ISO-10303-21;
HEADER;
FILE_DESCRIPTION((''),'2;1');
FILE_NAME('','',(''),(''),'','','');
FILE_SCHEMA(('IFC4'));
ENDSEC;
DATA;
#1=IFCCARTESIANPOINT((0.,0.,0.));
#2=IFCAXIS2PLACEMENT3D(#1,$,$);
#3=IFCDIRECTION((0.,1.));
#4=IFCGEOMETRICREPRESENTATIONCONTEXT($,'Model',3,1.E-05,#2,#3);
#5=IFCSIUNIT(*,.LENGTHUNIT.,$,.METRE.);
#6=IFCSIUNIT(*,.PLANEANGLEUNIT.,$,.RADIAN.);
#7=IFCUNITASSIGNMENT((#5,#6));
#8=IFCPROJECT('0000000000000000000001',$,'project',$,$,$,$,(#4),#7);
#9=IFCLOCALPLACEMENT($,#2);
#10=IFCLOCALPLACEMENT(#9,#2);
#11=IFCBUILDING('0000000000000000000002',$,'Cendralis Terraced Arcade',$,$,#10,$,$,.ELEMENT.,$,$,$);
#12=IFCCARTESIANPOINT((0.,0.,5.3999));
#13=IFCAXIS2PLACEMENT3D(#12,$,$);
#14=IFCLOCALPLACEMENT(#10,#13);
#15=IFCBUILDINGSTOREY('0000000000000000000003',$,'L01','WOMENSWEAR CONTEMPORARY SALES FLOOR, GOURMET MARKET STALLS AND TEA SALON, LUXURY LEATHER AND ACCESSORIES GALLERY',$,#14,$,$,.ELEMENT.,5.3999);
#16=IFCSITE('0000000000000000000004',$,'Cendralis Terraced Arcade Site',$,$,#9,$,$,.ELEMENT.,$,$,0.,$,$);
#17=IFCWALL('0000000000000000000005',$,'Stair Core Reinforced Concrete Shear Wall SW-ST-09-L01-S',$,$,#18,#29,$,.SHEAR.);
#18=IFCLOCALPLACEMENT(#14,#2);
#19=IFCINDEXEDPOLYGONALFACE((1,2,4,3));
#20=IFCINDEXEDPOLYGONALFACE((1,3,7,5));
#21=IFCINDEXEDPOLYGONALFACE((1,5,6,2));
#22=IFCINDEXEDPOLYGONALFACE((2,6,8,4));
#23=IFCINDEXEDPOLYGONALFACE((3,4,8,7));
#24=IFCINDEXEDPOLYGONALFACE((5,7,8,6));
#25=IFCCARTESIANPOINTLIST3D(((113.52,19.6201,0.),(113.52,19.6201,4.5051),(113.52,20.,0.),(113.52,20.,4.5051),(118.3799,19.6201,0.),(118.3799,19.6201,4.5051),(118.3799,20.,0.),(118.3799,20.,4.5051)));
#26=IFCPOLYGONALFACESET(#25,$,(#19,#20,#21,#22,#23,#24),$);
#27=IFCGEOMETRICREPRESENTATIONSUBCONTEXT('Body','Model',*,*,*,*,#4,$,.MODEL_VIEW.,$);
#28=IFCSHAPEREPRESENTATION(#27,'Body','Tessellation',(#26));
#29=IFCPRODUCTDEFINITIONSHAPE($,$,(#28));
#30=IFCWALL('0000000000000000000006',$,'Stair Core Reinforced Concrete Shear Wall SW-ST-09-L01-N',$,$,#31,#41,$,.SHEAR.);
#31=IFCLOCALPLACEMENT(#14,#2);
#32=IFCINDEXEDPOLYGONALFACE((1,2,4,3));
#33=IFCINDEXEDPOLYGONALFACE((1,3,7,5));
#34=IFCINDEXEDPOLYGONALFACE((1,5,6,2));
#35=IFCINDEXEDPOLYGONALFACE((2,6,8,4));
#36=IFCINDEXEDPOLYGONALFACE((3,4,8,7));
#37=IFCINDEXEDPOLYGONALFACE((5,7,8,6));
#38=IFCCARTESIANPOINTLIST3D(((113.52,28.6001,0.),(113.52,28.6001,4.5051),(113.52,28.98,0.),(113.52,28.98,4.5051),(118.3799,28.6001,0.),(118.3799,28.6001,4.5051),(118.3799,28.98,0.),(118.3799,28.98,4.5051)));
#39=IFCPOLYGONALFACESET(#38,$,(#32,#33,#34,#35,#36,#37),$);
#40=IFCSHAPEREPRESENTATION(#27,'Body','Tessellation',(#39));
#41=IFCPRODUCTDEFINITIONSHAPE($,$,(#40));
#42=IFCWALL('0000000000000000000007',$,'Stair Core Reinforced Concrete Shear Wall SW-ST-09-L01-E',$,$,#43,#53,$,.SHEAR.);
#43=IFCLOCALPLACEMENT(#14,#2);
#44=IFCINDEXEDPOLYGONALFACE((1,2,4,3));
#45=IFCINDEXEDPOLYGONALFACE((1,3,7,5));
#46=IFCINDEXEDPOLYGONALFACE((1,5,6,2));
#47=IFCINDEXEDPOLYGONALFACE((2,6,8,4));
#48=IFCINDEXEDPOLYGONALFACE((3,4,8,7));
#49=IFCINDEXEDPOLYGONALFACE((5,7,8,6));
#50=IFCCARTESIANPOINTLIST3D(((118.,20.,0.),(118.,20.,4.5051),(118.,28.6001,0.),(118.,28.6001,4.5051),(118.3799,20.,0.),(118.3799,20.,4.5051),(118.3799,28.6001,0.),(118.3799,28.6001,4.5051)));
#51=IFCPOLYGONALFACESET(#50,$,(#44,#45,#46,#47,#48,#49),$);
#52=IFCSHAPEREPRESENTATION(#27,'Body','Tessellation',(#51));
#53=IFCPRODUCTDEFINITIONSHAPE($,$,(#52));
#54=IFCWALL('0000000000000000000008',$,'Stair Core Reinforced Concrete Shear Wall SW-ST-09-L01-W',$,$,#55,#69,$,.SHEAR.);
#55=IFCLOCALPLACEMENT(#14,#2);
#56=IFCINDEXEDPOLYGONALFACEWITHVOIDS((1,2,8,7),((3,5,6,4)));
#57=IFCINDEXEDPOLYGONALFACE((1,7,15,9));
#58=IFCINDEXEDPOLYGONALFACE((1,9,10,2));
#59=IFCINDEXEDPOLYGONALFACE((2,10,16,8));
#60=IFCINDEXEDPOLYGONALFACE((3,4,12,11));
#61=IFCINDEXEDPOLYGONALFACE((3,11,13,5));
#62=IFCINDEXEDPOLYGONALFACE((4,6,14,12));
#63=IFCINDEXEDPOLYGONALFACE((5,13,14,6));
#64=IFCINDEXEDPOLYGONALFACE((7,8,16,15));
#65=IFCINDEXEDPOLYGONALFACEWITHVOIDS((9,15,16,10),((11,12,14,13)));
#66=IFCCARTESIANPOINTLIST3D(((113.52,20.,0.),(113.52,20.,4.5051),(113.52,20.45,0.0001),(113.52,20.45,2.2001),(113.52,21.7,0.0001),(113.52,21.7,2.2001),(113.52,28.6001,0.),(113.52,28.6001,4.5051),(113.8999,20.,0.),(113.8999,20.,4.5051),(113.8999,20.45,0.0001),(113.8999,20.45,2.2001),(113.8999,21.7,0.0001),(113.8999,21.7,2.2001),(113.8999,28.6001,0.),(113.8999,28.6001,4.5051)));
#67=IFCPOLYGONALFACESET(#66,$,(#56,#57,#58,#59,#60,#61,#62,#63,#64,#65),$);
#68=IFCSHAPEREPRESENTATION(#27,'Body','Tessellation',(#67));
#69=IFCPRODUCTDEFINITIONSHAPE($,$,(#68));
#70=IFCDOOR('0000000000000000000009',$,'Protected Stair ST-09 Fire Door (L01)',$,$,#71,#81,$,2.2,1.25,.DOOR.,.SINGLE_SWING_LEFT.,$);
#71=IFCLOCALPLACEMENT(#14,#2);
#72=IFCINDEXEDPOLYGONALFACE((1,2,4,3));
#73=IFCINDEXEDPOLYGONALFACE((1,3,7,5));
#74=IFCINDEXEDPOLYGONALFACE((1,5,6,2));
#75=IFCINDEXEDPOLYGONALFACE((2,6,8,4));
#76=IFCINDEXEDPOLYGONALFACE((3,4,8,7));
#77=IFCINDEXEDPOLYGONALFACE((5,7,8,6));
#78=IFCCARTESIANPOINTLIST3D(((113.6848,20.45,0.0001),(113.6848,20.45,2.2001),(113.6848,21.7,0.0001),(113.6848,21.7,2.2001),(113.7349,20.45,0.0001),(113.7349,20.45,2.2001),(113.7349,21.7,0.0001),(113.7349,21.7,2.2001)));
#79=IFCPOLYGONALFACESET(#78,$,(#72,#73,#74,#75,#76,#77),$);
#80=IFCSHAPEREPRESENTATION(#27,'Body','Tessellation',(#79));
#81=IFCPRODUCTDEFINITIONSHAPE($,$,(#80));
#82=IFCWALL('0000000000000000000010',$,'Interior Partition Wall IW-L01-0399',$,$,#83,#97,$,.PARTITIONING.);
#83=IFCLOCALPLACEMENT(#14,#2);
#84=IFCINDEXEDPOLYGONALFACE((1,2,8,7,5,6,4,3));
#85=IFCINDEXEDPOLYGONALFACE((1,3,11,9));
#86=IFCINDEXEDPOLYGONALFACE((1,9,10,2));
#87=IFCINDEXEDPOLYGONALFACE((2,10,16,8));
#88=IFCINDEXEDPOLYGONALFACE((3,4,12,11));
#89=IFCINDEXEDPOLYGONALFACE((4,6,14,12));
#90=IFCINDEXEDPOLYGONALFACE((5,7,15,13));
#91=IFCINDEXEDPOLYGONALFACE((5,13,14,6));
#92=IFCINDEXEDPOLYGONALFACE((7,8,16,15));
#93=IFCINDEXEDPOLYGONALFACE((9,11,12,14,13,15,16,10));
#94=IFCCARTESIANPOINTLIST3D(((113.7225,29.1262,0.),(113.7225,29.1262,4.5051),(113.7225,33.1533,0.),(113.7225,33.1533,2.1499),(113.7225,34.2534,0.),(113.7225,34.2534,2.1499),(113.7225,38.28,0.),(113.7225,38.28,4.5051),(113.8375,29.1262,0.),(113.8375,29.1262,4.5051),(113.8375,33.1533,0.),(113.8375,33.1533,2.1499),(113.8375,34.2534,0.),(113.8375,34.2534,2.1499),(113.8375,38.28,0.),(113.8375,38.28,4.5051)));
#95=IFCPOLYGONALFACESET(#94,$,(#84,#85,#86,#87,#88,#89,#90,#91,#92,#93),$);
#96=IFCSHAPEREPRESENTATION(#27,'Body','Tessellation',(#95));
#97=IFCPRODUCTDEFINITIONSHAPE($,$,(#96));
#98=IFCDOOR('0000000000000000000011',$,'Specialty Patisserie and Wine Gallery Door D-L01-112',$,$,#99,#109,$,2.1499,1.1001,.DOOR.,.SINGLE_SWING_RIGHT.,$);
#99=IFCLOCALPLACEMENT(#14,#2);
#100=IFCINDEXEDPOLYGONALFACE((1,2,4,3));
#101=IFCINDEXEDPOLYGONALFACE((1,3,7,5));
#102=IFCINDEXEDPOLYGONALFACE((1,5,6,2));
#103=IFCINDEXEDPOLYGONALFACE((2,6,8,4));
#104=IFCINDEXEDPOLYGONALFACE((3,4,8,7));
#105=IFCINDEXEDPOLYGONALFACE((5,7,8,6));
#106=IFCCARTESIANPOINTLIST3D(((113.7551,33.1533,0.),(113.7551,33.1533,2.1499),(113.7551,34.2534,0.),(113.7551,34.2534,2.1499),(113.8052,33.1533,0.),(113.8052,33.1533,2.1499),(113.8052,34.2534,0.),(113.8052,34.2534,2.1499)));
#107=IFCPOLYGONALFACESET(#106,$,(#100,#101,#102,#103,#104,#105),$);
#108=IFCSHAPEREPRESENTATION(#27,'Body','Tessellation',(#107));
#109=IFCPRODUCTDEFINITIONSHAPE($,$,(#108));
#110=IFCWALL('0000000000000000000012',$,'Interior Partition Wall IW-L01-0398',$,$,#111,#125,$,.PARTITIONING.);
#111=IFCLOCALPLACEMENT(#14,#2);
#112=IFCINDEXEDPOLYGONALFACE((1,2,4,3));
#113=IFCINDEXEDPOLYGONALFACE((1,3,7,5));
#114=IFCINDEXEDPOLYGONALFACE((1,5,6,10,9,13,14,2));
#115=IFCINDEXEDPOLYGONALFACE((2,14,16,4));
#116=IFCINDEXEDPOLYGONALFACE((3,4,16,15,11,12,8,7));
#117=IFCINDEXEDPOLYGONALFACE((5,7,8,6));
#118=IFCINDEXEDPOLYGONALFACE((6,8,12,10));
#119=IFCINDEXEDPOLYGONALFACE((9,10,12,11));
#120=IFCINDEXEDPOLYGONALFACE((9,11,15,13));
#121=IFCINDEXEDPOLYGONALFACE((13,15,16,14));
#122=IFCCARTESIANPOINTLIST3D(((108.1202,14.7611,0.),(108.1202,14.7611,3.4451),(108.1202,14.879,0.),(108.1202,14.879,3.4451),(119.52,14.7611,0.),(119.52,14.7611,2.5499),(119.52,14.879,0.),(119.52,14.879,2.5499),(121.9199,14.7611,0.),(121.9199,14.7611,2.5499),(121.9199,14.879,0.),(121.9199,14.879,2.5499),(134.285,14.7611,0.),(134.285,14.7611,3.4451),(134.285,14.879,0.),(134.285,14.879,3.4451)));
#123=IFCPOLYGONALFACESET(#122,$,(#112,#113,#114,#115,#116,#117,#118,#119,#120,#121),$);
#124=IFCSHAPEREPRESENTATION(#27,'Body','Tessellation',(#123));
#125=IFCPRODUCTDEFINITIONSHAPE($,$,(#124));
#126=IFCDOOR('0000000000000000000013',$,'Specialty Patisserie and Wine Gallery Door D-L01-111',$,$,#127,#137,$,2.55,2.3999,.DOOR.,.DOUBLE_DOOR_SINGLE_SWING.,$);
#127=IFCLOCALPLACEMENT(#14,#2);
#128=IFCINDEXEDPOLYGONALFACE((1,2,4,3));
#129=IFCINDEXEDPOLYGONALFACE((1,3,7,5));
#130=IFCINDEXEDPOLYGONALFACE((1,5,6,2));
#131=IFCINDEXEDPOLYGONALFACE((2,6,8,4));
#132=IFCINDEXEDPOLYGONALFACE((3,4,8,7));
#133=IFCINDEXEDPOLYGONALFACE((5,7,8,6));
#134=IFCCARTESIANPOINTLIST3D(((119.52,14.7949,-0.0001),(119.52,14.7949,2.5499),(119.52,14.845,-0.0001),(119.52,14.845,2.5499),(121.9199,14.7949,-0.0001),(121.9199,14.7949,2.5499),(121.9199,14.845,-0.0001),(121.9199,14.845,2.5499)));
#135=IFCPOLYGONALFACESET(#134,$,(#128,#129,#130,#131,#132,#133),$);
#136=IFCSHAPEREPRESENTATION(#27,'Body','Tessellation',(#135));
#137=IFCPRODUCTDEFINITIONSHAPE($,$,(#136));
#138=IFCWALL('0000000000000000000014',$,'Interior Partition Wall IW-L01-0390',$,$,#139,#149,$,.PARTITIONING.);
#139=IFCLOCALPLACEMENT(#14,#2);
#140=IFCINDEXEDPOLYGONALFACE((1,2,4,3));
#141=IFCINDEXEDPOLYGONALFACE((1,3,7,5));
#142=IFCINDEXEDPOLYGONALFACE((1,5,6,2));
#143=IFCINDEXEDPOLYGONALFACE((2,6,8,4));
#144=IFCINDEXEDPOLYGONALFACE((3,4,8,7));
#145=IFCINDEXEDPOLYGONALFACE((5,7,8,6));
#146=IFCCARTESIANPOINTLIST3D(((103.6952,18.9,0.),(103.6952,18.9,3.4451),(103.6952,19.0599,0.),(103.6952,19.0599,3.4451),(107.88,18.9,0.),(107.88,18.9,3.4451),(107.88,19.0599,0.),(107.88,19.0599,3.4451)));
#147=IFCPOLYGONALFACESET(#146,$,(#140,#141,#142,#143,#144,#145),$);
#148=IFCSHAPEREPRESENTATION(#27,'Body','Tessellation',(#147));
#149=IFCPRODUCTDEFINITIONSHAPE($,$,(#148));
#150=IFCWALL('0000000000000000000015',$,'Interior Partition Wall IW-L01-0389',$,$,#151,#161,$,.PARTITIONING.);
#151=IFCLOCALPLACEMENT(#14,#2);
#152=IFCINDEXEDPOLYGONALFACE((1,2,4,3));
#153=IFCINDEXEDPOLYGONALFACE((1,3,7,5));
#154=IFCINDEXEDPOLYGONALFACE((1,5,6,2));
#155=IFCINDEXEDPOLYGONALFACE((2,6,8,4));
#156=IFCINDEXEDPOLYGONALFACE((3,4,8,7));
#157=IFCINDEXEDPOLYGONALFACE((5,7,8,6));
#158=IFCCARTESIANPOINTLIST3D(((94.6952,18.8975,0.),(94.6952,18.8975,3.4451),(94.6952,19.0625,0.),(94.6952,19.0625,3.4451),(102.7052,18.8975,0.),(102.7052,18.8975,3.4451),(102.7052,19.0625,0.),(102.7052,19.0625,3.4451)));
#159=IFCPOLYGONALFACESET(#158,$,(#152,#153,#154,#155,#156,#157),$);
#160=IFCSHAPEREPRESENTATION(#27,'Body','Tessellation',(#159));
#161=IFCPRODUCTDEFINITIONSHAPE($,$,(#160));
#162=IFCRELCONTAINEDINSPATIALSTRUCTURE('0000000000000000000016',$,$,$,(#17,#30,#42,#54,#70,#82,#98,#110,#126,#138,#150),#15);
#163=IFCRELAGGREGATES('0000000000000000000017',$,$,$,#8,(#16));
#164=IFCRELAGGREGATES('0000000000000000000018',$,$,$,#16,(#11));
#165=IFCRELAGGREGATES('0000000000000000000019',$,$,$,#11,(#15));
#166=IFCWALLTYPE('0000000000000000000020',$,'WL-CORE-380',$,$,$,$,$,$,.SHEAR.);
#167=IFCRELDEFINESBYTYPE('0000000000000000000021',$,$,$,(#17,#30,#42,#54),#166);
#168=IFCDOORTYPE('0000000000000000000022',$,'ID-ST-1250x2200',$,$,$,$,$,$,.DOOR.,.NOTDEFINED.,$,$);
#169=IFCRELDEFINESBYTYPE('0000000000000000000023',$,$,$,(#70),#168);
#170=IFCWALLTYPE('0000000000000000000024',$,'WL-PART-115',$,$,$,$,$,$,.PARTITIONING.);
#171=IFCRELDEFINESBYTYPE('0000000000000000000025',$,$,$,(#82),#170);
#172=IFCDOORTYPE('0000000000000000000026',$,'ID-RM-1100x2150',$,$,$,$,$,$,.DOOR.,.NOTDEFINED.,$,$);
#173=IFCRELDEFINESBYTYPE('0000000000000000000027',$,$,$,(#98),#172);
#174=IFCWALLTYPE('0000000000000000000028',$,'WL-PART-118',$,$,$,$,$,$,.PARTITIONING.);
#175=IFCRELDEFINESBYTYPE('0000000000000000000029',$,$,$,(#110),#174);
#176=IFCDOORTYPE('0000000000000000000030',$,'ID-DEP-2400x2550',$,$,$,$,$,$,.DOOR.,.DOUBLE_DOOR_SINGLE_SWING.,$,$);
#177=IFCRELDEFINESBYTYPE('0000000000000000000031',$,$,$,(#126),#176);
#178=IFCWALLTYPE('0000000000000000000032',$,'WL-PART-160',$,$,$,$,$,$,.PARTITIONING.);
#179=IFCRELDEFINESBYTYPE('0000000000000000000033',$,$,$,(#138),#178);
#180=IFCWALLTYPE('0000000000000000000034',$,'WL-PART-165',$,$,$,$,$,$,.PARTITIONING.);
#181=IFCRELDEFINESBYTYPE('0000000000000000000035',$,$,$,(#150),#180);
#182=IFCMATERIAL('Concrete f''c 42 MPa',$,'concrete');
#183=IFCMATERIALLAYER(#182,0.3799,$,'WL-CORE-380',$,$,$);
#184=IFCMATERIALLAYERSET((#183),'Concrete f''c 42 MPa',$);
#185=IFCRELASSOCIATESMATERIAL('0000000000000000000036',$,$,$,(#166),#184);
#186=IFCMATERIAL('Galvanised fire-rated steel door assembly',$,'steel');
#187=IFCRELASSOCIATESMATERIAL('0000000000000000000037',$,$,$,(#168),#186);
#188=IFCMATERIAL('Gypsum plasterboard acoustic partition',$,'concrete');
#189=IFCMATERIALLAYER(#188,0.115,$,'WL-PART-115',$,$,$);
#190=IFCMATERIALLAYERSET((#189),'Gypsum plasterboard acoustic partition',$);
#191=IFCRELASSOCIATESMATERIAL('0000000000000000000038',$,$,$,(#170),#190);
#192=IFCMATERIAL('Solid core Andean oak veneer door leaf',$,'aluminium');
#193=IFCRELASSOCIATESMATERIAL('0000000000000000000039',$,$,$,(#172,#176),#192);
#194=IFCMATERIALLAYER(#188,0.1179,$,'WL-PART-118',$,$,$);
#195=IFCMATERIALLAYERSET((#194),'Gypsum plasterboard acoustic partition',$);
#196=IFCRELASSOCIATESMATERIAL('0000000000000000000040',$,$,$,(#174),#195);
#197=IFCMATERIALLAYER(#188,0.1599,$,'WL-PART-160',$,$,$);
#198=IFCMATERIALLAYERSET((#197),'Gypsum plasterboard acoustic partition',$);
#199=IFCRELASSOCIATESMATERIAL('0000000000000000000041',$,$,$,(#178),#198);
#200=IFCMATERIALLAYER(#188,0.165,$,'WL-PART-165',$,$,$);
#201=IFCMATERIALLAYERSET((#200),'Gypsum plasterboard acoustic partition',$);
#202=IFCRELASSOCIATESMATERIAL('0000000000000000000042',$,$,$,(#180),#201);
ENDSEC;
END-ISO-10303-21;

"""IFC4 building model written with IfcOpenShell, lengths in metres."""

from ifc_helpers import new_model, si_unit, direction, frame, frame_2d, origin, place, context, subcontext, project, spatial, rectangle, extrude, material, layer, layer_set, type_object, element, fill, save


model = new_model("IFC4")

# Units and contexts
model_context = context("Model", 3, precision=1e-05, world=origin(), true_north=direction((0.0, 1.0)))
body_context = subcontext(model_context, "Body", "Model", "MODEL_VIEW")
ifc_project = project(units=[si_unit("LENGTHUNIT", "METRE"), si_unit("PLANEANGLEUNIT", "RADIAN")], contexts=[model_context])

# Site, building, storey
site_placement = place(None, origin())
site = spatial("IfcSite", under=ifc_project, at=site_placement, Name="Cendralis Terraced Arcade Site", CompositionType="ELEMENT", RefElevation=0.0)
building_placement = place(site_placement, origin())
building = spatial("IfcBuilding", under=site, at=building_placement, Name="Cendralis Terraced Arcade", CompositionType="ELEMENT")
storey_placement = place(building_placement, frame((0.0, 0.0, 5.3999)))
storey = spatial("IfcBuildingStorey", under=building, at=storey_placement, Name="L01", Description="WOMENSWEAR CONTEMPORARY SALES FLOOR, GOURMET MARKET STALLS AND TEA SALON, LUXURY LEATHER AND ACCESSORIES GALLERY", CompositionType="ELEMENT", Elevation=5.3999)

# Shared definitions
ifc_material_1 = material(Name="Concrete f'c 42 MPa", Category="concrete")

# Walls
ifc_material_2 = material(Name="Gypsum plasterboard acoustic partition", Category="concrete")
ifc_layer_1 = layer(ifc_material_1, 0.3799, Name="WL-CORE-380")
ifc_layer_set_1 = layer_set([ifc_layer_1], Name="Concrete f'c 42 MPa")
wall_type_1 = type_object("IfcWallType", Name="WL-CORE-380", PredefinedType="SHEAR", material=ifc_layer_set_1)
for number, where, z_axis, x_axis, name in (
    (1, (113.52, 19.8101, 0.0), (0.0, 0.0, 1.0), (1.0, 0.0, 0.0), "Stair Core Reinforced Concrete Shear Wall SW-ST-09-L01-S"),
    (2, (113.52, 28.79, 0.0), (0.0, 0.0, 1.0), (1.0, 0.0, 0.0), "Stair Core Reinforced Concrete Shear Wall SW-ST-09-L01-N"),
):
    element("IfcWall", number, at=place(storey_placement, frame(where, z_axis=z_axis, x_axis=x_axis)), inside=storey, type_object=wall_type_1, Name=name, PredefinedType="SHEAR", context=body_context, shape_type="SweptSolid", body=[
        extrude(rectangle(XDim=4.8599, YDim=0.3799, at=frame_2d((2.4299, 0.0))), origin(), (0.0, 0.0, 1.0), 4.5051),
    ])
wall_1_placement = place(storey_placement, frame((118.1899, 20.0, 0.0), z_axis=(0.0, 0.0, 1.0), x_axis=(0.0, 1.0, 0.0)))
element("IfcWall", 3, at=wall_1_placement, inside=storey, type_object=wall_type_1, Name="Stair Core Reinforced Concrete Shear Wall SW-ST-09-L01-E", PredefinedType="SHEAR", context=body_context, shape_type="SweptSolid", body=[
    extrude(rectangle(XDim=8.6001, YDim=0.3799, at=frame_2d((4.3, 0.0))), origin(), (0.0, 0.0, 1.0), 4.5051),
])

# Walls, openings, doors
wall_2_placement = place(storey_placement, frame((113.71, 20.0, 0.0), z_axis=(0.0, 0.0, 1.0), x_axis=(0.0, 1.0, 0.0)))
wall_2 = element("IfcWall", 4, at=wall_2_placement, inside=storey, type_object=wall_type_1, Name="Stair Core Reinforced Concrete Shear Wall SW-ST-09-L01-W", PredefinedType="SHEAR", context=body_context, shape_type="SweptSolid", body=[
    extrude(rectangle(XDim=8.6001, YDim=0.3799, at=frame_2d((4.3, 0.0))), origin(), (0.0, 0.0, 1.0), 4.5051),
])
opening_1_placement = place(wall_2_placement, frame((0.45, 0.0, 0.0)))
opening_1 = element("IfcOpeningElement", 5, at=opening_1_placement, cuts=wall_2, PredefinedType="OPENING", context=body_context, shape_type="SweptSolid", body=[
    extrude(rectangle(XDim=1.25, YDim=2.2, at=frame_2d((0.625, 1.1001))), frame((0.0, 0.2019, 0.0), z_axis=(0.0, -1.0, 0.0), x_axis=(1.0, 0.0, 0.0)), (0.0, 0.0, 1.0), 0.4038),
])
ifc_material_3 = material(Name="Galvanised fire-rated steel door assembly", Category="steel")
door_type_1 = type_object("IfcDoorType", Name="ID-ST-1250x2200", OperationType="NOTDEFINED", PredefinedType="DOOR", material=ifc_material_3)
door_1_placement = place(opening_1_placement, frame((1.25, 0.0, 0.0), z_axis=(0.0, 0.0, 1.0), x_axis=(-1.0, 0.0, 0.0)))
door_1 = element("IfcDoor", 6, at=door_1_placement, inside=storey, type_object=door_type_1, Name="Protected Stair ST-09 Fire Door (L01)", OperationType="SINGLE_SWING_LEFT", OverallHeight=2.2, OverallWidth=1.25, PredefinedType="DOOR", context=body_context, shape_type="SweptSolid", body=[
    extrude(rectangle(XDim=1.25, YDim=2.2, at=frame_2d((0.625, 1.1001))), frame((0.0, 0.0249, 0.0), z_axis=(0.0, -1.0, 0.0), x_axis=(1.0, 0.0, 0.0)), (0.0, 0.0, 1.0), 0.05),
])
fill(opening_1, door_1)
ifc_layer_2 = layer(ifc_material_2, 0.115, Name="WL-PART-115")
ifc_layer_set_2 = layer_set([ifc_layer_2], Name="Gypsum plasterboard acoustic partition")
wall_type_2 = type_object("IfcWallType", Name="WL-PART-115", PredefinedType="PARTITIONING", material=ifc_layer_set_2)
wall_3_placement = place(storey_placement, frame((113.78, 29.1262, 0.0), z_axis=(0.0, 0.0, 1.0), x_axis=(0.0, 1.0, 0.0)))
wall_3 = element("IfcWall", 7, at=wall_3_placement, inside=storey, type_object=wall_type_2, Name="Interior Partition Wall IW-L01-0399", PredefinedType="PARTITIONING", context=body_context, shape_type="SweptSolid", body=[
    extrude(rectangle(XDim=9.1538, YDim=0.115, at=frame_2d((4.5769, 0.0))), origin(), (0.0, 0.0, 1.0), 4.5051),
])
opening_2_placement = place(wall_3_placement, frame((4.0271, 0.0, 0.0)))
opening_2 = element("IfcOpeningElement", 8, at=opening_2_placement, cuts=wall_3, PredefinedType="OPENING", context=body_context, shape_type="SweptSolid", body=[
    extrude(rectangle(XDim=1.1001, YDim=2.1499, at=frame_2d((0.55, 1.075))), frame((0.0, 0.0693, 0.0), z_axis=(0.0, -1.0, 0.0), x_axis=(1.0, 0.0, 0.0)), (0.0, 0.0, 1.0), 0.1389),
])
ifc_material_4 = material(Name="Solid core Andean oak veneer door leaf", Category="aluminium")
door_type_2 = type_object("IfcDoorType", Name="ID-RM-1100x2150", OperationType="NOTDEFINED", PredefinedType="DOOR", material=ifc_material_4)
door_2_placement = place(opening_2_placement, origin())
door_2 = element("IfcDoor", 9, at=door_2_placement, inside=storey, type_object=door_type_2, Name="Specialty Patisserie and Wine Gallery Door D-L01-112", OperationType="SINGLE_SWING_RIGHT", OverallHeight=2.1499, OverallWidth=1.1001, PredefinedType="DOOR", context=body_context, shape_type="SweptSolid", body=[
    extrude(rectangle(XDim=1.1001, YDim=2.1499, at=frame_2d((0.55, 1.075))), frame((0.0, 0.0249, 0.0), z_axis=(0.0, -1.0, 0.0), x_axis=(1.0, 0.0, 0.0)), (0.0, 0.0, 1.0), 0.05),
])
fill(opening_2, door_2)
ifc_layer_3 = layer(ifc_material_2, 0.1179, Name="WL-PART-118")
ifc_layer_set_3 = layer_set([ifc_layer_3], Name="Gypsum plasterboard acoustic partition")
wall_type_3 = type_object("IfcWallType", Name="WL-PART-118", PredefinedType="PARTITIONING", material=ifc_layer_set_3)
wall_4_placement = place(storey_placement, frame((108.1201, 14.8201, 0.0), z_axis=(0.0, 0.0, 1.0), x_axis=(1.0, 0.0, 0.0)))
wall_4 = element("IfcWall", 10, at=wall_4_placement, inside=storey, type_object=wall_type_3, Name="Interior Partition Wall IW-L01-0398", PredefinedType="PARTITIONING", context=body_context, shape_type="SweptSolid", body=[
    extrude(rectangle(XDim=26.1648, YDim=0.1179, at=frame_2d((13.0825, 0.0))), origin(), (0.0, 0.0, 1.0), 3.4451),
])
opening_3_placement = place(wall_4_placement, frame((11.3999, 0.0, 0.0)))
opening_3 = element("IfcOpeningElement", 11, at=opening_3_placement, cuts=wall_4, PredefinedType="OPENING", context=body_context, shape_type="SweptSolid", body=[
    extrude(rectangle(XDim=2.3999, YDim=2.55, at=frame_2d((1.2, 1.2749))), frame((0.0, 0.0708, 0.0), z_axis=(0.0, -1.0, 0.0), x_axis=(1.0, 0.0, 0.0)), (0.0, 0.0, 1.0), 0.1418),
])
door_type_3 = type_object("IfcDoorType", Name="ID-DEP-2400x2550", OperationType="DOUBLE_DOOR_SINGLE_SWING", PredefinedType="DOOR", material=ifc_material_4)
door_3_placement = place(opening_3_placement, origin())
door_3 = element("IfcDoor", 12, at=door_3_placement, inside=storey, type_object=door_type_3, Name="Specialty Patisserie and Wine Gallery Door D-L01-111", OperationType="DOUBLE_DOOR_SINGLE_SWING", OverallHeight=2.55, OverallWidth=2.3999, PredefinedType="DOOR", context=body_context, shape_type="SweptSolid", body=[
    extrude(rectangle(XDim=2.3999, YDim=2.55, at=frame_2d((1.2, 1.2749))), frame((0.0, 0.0249, 0.0), z_axis=(0.0, -1.0, 0.0), x_axis=(1.0, 0.0, 0.0)), (0.0, 0.0, 1.0), 0.05),
])
fill(opening_3, door_3)

# Walls
ifc_layer_4 = layer(ifc_material_2, 0.1599, Name="WL-PART-160")
ifc_layer_set_4 = layer_set([ifc_layer_4], Name="Gypsum plasterboard acoustic partition")
wall_type_4 = type_object("IfcWallType", Name="WL-PART-160", PredefinedType="PARTITIONING", material=ifc_layer_set_4)
wall_5_placement = place(storey_placement, frame((107.8799, 18.98, 0.0), z_axis=(0.0, 0.0, 1.0), x_axis=(-1.0, 0.0, 0.0)))
element("IfcWall", 13, at=wall_5_placement, inside=storey, type_object=wall_type_4, Name="Interior Partition Wall IW-L01-0390", PredefinedType="PARTITIONING", context=body_context, shape_type="SweptSolid", body=[
    extrude(rectangle(XDim=4.1848, YDim=0.1599, at=frame_2d((2.0923, 0.0))), origin(), (0.0, 0.0, 1.0), 3.4451),
])
ifc_layer_5 = layer(ifc_material_2, 0.165, Name="WL-PART-165")
ifc_layer_set_5 = layer_set([ifc_layer_5], Name="Gypsum plasterboard acoustic partition")
wall_type_5 = type_object("IfcWallType", Name="WL-PART-165", PredefinedType="PARTITIONING", material=ifc_layer_set_5)
wall_6_placement = place(storey_placement, frame((102.7051, 18.98, 0.0), z_axis=(0.0, 0.0, 1.0), x_axis=(-1.0, 0.0, 0.0)))
element("IfcWall", 14, at=wall_6_placement, inside=storey, type_object=wall_type_5, Name="Interior Partition Wall IW-L01-0389", PredefinedType="PARTITIONING", context=body_context, shape_type="SweptSolid", body=[
    extrude(rectangle(XDim=8.01, YDim=0.165, at=frame_2d((4.0049, 0.0))), origin(), (0.0, 0.0, 1.0), 3.4451),
])

save(model, "model.ifc")
